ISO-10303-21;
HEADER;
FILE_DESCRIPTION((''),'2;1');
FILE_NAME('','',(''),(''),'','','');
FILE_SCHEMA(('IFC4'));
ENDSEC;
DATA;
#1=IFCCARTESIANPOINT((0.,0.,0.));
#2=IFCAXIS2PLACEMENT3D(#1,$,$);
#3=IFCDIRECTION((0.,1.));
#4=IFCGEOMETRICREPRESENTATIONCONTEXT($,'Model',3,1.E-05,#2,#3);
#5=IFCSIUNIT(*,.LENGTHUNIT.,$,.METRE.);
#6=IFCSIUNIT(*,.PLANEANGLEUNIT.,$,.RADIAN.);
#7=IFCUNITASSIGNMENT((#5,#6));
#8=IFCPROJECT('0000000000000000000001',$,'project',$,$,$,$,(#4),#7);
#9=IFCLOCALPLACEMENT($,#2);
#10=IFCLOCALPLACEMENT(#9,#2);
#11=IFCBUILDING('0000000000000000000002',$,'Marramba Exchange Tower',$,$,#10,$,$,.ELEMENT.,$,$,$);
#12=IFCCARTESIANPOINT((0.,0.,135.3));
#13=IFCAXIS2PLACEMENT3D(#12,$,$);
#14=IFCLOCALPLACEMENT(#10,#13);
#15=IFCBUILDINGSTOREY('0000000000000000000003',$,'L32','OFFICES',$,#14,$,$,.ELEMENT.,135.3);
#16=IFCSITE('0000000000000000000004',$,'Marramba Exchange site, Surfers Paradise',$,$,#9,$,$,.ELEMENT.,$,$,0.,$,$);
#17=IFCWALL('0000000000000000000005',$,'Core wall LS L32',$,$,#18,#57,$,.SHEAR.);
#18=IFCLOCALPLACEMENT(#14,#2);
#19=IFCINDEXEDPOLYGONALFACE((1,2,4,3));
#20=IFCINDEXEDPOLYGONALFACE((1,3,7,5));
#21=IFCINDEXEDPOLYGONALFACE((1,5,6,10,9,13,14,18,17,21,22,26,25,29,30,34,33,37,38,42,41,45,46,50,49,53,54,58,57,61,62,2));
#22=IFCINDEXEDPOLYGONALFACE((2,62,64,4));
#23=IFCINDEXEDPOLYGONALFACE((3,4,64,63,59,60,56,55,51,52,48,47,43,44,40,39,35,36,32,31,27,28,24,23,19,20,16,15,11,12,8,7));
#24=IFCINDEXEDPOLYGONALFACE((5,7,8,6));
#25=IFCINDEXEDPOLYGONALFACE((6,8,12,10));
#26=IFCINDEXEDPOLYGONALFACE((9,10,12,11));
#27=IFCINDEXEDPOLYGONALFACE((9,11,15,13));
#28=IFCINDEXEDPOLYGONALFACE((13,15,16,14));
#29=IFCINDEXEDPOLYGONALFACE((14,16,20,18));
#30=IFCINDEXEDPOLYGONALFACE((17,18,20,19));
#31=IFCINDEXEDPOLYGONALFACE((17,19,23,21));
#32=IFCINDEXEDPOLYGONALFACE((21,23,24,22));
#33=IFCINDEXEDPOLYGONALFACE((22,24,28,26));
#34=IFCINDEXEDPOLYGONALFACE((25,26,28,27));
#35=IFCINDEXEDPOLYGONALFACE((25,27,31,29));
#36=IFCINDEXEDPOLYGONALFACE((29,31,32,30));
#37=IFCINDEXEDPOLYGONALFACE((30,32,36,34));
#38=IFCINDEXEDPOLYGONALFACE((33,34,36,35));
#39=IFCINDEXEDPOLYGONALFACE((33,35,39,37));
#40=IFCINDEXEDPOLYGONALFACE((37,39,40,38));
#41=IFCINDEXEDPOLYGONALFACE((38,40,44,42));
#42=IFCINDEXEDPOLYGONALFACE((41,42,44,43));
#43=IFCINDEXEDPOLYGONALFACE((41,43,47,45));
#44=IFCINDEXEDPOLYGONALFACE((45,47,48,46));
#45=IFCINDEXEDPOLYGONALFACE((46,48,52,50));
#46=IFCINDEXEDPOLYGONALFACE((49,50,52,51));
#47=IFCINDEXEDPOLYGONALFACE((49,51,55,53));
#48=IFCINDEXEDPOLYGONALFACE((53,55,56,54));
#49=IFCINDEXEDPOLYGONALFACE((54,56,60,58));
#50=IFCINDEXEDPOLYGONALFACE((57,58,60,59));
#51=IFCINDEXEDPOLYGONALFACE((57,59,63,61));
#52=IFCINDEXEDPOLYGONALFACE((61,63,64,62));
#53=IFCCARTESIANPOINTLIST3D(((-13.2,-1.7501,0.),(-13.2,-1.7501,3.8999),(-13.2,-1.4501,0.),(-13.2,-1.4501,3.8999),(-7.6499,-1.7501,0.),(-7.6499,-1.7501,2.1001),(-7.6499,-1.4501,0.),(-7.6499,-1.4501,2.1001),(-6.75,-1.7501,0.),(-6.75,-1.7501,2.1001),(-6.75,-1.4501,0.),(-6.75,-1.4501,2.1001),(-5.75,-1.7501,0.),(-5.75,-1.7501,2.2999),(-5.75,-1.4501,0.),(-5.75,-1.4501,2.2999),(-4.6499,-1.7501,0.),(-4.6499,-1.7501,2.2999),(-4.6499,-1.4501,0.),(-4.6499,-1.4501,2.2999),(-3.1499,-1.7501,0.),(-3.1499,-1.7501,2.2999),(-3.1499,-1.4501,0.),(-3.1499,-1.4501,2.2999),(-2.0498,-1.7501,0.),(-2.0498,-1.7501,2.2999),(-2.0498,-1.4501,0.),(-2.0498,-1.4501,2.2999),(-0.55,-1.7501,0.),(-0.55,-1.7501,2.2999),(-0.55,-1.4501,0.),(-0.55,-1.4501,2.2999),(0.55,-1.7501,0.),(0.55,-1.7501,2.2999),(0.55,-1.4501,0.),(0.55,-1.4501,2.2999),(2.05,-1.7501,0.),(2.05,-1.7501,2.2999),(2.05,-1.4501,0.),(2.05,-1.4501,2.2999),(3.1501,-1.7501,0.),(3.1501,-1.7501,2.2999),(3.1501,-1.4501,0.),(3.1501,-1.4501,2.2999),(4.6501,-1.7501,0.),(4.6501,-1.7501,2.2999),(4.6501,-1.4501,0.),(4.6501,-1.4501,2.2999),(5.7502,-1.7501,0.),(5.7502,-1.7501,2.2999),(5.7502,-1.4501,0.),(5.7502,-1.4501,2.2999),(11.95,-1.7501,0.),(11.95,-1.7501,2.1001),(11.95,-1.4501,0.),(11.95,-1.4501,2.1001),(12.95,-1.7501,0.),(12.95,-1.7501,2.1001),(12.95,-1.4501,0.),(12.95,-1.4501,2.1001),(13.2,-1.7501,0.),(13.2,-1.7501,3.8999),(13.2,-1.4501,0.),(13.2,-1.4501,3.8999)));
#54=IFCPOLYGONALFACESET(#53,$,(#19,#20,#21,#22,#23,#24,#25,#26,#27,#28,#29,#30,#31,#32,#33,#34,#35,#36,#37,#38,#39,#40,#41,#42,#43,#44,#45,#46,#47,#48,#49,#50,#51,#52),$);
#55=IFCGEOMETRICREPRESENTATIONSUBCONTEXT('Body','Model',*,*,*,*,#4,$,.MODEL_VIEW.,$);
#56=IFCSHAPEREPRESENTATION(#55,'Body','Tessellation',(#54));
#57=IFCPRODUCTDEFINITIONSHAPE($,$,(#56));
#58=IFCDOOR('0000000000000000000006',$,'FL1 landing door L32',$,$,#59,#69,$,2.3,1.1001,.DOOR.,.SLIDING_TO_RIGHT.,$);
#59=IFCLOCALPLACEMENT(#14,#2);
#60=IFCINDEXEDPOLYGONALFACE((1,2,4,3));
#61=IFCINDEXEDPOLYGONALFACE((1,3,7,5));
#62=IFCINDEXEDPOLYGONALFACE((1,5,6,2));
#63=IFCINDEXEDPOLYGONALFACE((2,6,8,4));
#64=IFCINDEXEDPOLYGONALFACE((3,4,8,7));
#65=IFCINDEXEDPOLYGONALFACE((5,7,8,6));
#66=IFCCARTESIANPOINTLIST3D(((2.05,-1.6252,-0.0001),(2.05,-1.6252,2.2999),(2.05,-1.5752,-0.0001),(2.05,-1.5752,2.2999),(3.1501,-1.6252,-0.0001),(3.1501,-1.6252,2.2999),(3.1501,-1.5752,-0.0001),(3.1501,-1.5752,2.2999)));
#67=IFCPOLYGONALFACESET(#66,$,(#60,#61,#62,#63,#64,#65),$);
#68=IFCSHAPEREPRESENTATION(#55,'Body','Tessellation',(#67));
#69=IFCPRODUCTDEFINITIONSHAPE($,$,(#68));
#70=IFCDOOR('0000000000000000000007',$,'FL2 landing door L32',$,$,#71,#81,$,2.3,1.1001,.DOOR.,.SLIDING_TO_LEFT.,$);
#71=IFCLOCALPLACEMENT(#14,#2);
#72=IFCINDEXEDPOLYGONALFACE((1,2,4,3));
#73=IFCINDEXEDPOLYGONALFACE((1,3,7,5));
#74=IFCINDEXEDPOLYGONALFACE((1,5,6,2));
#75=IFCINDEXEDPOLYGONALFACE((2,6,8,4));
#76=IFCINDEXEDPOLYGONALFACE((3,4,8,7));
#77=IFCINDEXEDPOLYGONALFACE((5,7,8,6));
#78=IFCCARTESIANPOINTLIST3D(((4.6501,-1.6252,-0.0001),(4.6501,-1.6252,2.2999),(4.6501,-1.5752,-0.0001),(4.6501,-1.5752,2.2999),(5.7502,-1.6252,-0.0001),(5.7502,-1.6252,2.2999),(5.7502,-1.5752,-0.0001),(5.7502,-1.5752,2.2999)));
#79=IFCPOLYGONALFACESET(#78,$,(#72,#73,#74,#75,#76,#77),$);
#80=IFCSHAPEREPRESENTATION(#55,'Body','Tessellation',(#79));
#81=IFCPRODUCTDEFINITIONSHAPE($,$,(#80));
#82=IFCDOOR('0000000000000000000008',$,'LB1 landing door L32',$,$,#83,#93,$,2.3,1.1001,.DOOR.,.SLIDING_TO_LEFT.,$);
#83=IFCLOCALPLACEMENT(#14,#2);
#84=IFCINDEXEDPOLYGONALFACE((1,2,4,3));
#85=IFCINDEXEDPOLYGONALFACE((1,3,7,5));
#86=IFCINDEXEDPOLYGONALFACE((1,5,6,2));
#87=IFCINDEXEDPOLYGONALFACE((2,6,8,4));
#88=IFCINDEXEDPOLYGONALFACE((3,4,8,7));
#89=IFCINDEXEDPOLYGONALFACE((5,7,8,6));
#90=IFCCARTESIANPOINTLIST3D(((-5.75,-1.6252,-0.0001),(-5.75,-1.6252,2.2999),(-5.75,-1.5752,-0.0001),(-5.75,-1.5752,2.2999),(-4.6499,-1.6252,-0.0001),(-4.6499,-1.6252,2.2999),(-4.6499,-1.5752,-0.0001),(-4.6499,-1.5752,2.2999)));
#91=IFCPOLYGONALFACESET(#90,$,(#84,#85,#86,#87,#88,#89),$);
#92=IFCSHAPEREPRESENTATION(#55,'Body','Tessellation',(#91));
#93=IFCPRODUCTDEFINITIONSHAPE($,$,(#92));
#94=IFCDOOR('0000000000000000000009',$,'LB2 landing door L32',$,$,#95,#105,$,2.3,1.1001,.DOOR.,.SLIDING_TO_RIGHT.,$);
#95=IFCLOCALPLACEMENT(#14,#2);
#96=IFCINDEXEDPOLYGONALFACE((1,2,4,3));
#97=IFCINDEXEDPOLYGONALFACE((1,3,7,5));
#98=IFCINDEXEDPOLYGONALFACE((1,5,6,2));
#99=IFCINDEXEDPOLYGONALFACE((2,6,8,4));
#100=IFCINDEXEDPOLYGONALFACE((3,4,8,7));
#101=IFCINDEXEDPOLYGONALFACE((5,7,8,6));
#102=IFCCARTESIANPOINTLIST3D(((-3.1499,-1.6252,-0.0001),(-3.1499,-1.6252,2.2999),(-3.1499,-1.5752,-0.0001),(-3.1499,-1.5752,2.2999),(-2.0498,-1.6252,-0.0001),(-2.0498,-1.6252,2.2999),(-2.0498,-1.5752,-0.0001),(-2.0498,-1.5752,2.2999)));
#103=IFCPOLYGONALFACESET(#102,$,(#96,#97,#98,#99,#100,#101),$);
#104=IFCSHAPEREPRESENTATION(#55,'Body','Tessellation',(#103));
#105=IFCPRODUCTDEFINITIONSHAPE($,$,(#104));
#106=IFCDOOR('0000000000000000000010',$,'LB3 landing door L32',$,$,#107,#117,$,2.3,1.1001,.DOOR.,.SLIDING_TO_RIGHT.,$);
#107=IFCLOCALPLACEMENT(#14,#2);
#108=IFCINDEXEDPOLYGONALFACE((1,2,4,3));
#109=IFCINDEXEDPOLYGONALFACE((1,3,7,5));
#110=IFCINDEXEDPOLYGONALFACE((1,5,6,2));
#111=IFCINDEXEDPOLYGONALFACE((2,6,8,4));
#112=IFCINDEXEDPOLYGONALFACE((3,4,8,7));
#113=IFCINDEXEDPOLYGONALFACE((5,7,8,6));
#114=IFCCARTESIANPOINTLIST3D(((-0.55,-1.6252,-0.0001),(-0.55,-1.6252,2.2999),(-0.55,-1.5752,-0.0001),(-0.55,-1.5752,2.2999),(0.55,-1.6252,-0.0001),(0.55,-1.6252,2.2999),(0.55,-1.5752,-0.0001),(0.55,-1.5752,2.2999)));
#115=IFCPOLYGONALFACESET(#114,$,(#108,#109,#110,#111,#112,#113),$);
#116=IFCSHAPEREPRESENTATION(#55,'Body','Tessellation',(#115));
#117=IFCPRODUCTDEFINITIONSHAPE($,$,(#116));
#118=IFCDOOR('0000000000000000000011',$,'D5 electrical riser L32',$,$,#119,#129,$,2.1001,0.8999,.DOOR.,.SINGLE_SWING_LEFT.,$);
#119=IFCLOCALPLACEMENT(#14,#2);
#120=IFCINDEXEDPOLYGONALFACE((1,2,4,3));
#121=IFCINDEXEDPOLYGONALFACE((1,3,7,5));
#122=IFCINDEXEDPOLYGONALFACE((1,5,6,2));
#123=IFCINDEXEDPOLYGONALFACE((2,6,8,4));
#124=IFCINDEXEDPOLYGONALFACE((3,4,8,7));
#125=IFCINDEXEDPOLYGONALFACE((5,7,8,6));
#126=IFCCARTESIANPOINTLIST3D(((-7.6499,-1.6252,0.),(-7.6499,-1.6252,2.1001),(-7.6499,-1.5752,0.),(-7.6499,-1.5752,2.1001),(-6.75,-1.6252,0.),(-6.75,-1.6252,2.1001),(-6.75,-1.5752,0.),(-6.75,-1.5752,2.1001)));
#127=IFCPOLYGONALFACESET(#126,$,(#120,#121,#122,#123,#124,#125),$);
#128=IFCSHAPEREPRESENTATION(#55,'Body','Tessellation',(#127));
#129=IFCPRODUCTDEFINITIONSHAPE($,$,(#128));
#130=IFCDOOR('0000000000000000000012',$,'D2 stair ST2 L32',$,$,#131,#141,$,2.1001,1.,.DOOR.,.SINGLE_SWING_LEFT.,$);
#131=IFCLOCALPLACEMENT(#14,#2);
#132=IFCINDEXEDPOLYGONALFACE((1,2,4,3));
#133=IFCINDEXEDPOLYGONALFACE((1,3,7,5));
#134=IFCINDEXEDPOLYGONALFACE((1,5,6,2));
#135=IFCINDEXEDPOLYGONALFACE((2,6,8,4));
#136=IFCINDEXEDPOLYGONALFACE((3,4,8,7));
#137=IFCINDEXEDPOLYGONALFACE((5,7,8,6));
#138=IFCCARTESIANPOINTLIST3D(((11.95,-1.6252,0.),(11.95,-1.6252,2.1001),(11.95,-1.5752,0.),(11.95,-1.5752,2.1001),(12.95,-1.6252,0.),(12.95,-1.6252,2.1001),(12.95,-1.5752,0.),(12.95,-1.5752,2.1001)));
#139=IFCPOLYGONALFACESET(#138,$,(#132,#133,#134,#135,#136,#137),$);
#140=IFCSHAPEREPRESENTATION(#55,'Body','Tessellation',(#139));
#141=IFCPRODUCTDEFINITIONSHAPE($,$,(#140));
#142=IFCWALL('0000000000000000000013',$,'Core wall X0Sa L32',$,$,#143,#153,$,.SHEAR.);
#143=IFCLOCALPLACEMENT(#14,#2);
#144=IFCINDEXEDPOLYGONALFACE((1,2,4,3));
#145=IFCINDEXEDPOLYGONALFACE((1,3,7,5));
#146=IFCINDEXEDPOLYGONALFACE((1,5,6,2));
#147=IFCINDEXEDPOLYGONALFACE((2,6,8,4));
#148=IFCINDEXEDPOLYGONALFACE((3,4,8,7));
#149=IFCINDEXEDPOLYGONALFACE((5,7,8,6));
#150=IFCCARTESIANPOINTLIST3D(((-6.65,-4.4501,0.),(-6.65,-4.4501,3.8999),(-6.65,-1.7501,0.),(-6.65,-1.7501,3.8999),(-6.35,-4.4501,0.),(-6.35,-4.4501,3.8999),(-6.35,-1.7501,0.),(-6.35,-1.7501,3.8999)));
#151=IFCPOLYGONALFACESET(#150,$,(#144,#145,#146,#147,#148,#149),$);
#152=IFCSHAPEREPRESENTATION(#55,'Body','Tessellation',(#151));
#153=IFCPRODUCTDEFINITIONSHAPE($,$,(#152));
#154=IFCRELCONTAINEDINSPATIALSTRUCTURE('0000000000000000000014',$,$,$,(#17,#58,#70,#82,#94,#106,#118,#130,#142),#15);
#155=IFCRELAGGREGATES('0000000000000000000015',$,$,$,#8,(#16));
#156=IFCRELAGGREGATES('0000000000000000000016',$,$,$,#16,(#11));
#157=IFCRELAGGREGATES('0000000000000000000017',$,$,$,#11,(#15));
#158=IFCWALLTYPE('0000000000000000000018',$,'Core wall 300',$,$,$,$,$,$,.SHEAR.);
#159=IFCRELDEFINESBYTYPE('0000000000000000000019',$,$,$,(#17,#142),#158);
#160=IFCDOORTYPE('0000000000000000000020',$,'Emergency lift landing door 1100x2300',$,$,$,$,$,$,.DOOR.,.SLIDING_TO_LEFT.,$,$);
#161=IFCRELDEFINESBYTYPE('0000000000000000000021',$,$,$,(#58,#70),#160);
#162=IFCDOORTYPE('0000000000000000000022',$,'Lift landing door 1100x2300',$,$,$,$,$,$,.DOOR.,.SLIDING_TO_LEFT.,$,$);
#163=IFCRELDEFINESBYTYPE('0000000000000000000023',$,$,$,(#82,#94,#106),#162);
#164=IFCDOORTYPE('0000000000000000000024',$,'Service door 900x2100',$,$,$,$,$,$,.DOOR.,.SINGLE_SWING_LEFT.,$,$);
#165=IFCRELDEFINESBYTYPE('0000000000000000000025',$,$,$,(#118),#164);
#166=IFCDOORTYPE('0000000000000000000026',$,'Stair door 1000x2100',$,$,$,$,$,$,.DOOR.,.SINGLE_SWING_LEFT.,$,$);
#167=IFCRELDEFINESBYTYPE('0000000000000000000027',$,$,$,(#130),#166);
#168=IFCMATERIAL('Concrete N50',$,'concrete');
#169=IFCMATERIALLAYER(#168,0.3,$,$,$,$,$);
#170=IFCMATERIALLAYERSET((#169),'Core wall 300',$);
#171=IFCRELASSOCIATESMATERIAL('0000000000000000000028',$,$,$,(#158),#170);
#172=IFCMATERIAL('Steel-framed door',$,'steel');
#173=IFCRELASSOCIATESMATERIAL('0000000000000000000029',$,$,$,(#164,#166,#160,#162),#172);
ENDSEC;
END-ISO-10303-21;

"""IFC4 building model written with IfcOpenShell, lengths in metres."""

from ifc_helpers import new_model, si_unit, direction, frame, frame_2d, origin, place, context, subcontext, project, spatial, rectangle, extrude, material, layer, layer_set, type_object, element, fill, save


model = new_model("IFC4")

# Units and contexts
model_context = context("Model", 3, precision=1e-05, world=origin(), true_north=direction((0.0, 1.0)))
body_context = subcontext(model_context, "Body", "Model", "MODEL_VIEW")
ifc_project = project(units=[si_unit("LENGTHUNIT", "METRE"), si_unit("PLANEANGLEUNIT", "RADIAN")], contexts=[model_context])

# Site, building, storey
site_placement = place(None, origin())
site = spatial("IfcSite", under=ifc_project, at=site_placement, Name="Marramba Exchange site, Surfers Paradise", CompositionType="ELEMENT", RefElevation=0.0)
building_placement = place(site_placement, origin())
building = spatial("IfcBuilding", under=site, at=building_placement, Name="Marramba Exchange Tower", CompositionType="ELEMENT")
storey_placement = place(building_placement, frame((0.0, 0.0, 135.3)))
storey = spatial("IfcBuildingStorey", under=building, at=storey_placement, Name="L32", Description="OFFICES", CompositionType="ELEMENT", Elevation=135.3)

# Wall, openings, doors
ifc_material_1 = material(Name="Concrete N50", Category="concrete")
ifc_layer_1 = layer(ifc_material_1, 0.3)
ifc_layer_set_1 = layer_set([ifc_layer_1], Name="Core wall 300")
wall_type_1 = type_object("IfcWallType", Name="Core wall 300", PredefinedType="SHEAR", material=ifc_layer_set_1)
ifc_material_2 = material(Name="Steel-framed door", Category="steel")
door_type_1 = type_object("IfcDoorType", Name="Service door 900x2100", OperationType="SINGLE_SWING_LEFT", PredefinedType="DOOR", material=ifc_material_2)
door_type_2 = type_object("IfcDoorType", Name="Stair door 1000x2100", OperationType="SINGLE_SWING_LEFT", PredefinedType="DOOR", material=ifc_material_2)
wall_1_placement = place(storey_placement, frame((-13.2, -1.6001, 0.0), z_axis=(0.0, 0.0, 1.0), x_axis=(1.0, 0.0, 0.0)))
wall_1 = element("IfcWall", 1, at=wall_1_placement, inside=storey, type_object=wall_type_1, Name="Core wall LS L32", PredefinedType="SHEAR", context=body_context, shape_type="SweptSolid", body=[
    extrude(rectangle(XDim=26.3999, YDim=0.3, at=frame_2d((13.2, 0.0))), origin(), (0.0, 0.0, 1.0), 3.8999),
])
opening_1_placement = place(wall_1_placement, frame((25.1499, 0.0, 0.0)))
opening_1 = element("IfcOpeningElement", 2, at=opening_1_placement, cuts=wall_1, PredefinedType="OPENING", context=body_context, shape_type="SweptSolid", body=[
    extrude(rectangle(XDim=1.0, YDim=2.1001, at=frame_2d((0.5, 1.05))), frame((0.0, 0.1599, 0.0), z_axis=(0.0, -1.0, 0.0), x_axis=(1.0, 0.0, 0.0)), (0.0, 0.0, 1.0), 0.3201),
])
opening_2_placement = place(wall_1_placement, frame((7.45, 0.0, 0.0)))
opening_2 = element("IfcOpeningElement", 3, at=opening_2_placement, cuts=wall_1, PredefinedType="OPENING", context=body_context, shape_type="SweptSolid", body=[
    extrude(rectangle(XDim=1.1001, YDim=2.3, at=frame_2d((0.55, 1.1499))), frame((0.0, 0.1599, 0.0), z_axis=(0.0, -1.0, 0.0), x_axis=(1.0, 0.0, 0.0)), (0.0, 0.0, 1.0), 0.3201),
])
opening_3_placement = place(wall_1_placement, frame((10.05, 0.0, 0.0)))
opening_3 = element("IfcOpeningElement", 4, at=opening_3_placement, cuts=wall_1, PredefinedType="OPENING", context=body_context, shape_type="SweptSolid", body=[
    extrude(rectangle(XDim=1.1001, YDim=2.3, at=frame_2d((0.55, 1.1499))), frame((0.0, 0.1599, 0.0), z_axis=(0.0, -1.0, 0.0), x_axis=(1.0, 0.0, 0.0)), (0.0, 0.0, 1.0), 0.3201),
])
opening_4_placement = place(wall_1_placement, frame((12.6499, 0.0, 0.0)))
opening_4 = element("IfcOpeningElement", 5, at=opening_4_placement, cuts=wall_1, PredefinedType="OPENING", context=body_context, shape_type="SweptSolid", body=[
    extrude(rectangle(XDim=1.1001, YDim=2.3, at=frame_2d((0.55, 1.1499))), frame((0.0, 0.1599, 0.0), z_axis=(0.0, -1.0, 0.0), x_axis=(1.0, 0.0, 0.0)), (0.0, 0.0, 1.0), 0.3201),
])
opening_5_placement = place(wall_1_placement, frame((15.25, 0.0, 0.0)))
opening_5 = element("IfcOpeningElement", 6, at=opening_5_placement, cuts=wall_1, PredefinedType="OPENING", context=body_context, shape_type="SweptSolid", body=[
    extrude(rectangle(XDim=1.1001, YDim=2.3, at=frame_2d((0.55, 1.1499))), frame((0.0, 0.1599, 0.0), z_axis=(0.0, -1.0, 0.0), x_axis=(1.0, 0.0, 0.0)), (0.0, 0.0, 1.0), 0.3201),
])
opening_6_placement = place(wall_1_placement, frame((17.8501, 0.0, 0.0)))
opening_6 = element("IfcOpeningElement", 7, at=opening_6_placement, cuts=wall_1, PredefinedType="OPENING", context=body_context, shape_type="SweptSolid", body=[
    extrude(rectangle(XDim=1.1001, YDim=2.3, at=frame_2d((0.55, 1.1499))), frame((0.0, 0.1599, 0.0), z_axis=(0.0, -1.0, 0.0), x_axis=(1.0, 0.0, 0.0)), (0.0, 0.0, 1.0), 0.3201),
])
opening_7_placement = place(wall_1_placement, frame((5.55, 0.0, 0.0)))
opening_7 = element("IfcOpeningElement", 8, at=opening_7_placement, cuts=wall_1, PredefinedType="OPENING", context=body_context, shape_type="SweptSolid", body=[
    extrude(rectangle(XDim=0.8999, YDim=2.1001, at=frame_2d((0.45, 1.05))), frame((0.0, 0.1599, 0.0), z_axis=(0.0, -1.0, 0.0), x_axis=(1.0, 0.0, 0.0)), (0.0, 0.0, 1.0), 0.3201),
])
door_type_3 = type_object("IfcDoorType", Name="Emergency lift landing door 1100x2300", OperationType="SLIDING_TO_LEFT", PredefinedType="DOOR", material=ifc_material_2)
door_1_placement = place(opening_5_placement, frame((1.1001, 0.0, 0.0), z_axis=(0.0, 0.0, 1.0), x_axis=(-1.0, 0.0, 0.0)))
door_1 = element("IfcDoor", 9, at=door_1_placement, inside=storey, type_object=door_type_3, Name="FL1 landing door L32", OperationType="SLIDING_TO_RIGHT", OverallHeight=2.3, OverallWidth=1.1001, PredefinedType="DOOR", context=body_context, shape_type="SweptSolid", body=[
    extrude(rectangle(XDim=1.1001, YDim=2.3, at=frame_2d((0.55, 1.1499))), frame((0.0, 0.0251, 0.0), z_axis=(0.0, -1.0, 0.0), x_axis=(1.0, 0.0, 0.0)), (0.0, 0.0, 1.0), 0.05),
])
fill(opening_5, door_1)
door_2_placement = place(opening_6_placement, frame((1.1001, 0.0, 0.0), z_axis=(0.0, 0.0, 1.0), x_axis=(-1.0, 0.0, 0.0)))
door_2 = element("IfcDoor", 10, at=door_2_placement, inside=storey, type_object=door_type_3, Name="FL2 landing door L32", OperationType="SLIDING_TO_LEFT", OverallHeight=2.3, OverallWidth=1.1001, PredefinedType="DOOR", context=body_context, shape_type="SweptSolid", body=[
    extrude(rectangle(XDim=1.1001, YDim=2.3, at=frame_2d((0.55, 1.1499))), frame((0.0, 0.0251, 0.0), z_axis=(0.0, -1.0, 0.0), x_axis=(1.0, 0.0, 0.0)), (0.0, 0.0, 1.0), 0.05),
])
fill(opening_6, door_2)
door_type_4 = type_object("IfcDoorType", Name="Lift landing door 1100x2300", OperationType="SLIDING_TO_LEFT", PredefinedType="DOOR", material=ifc_material_2)
door_3_placement = place(opening_2_placement, frame((1.1001, 0.0, 0.0), z_axis=(0.0, 0.0, 1.0), x_axis=(-1.0, 0.0, 0.0)))
door_3 = element("IfcDoor", 11, at=door_3_placement, inside=storey, type_object=door_type_4, Name="LB1 landing door L32", OperationType="SLIDING_TO_LEFT", OverallHeight=2.3, OverallWidth=1.1001, PredefinedType="DOOR", context=body_context, shape_type="SweptSolid", body=[
    extrude(rectangle(XDim=1.1001, YDim=2.3, at=frame_2d((0.55, 1.1499))), frame((0.0, 0.0251, 0.0), z_axis=(0.0, -1.0, 0.0), x_axis=(1.0, 0.0, 0.0)), (0.0, 0.0, 1.0), 0.05),
])
fill(opening_2, door_3)
door_4_placement = place(opening_3_placement, frame((1.1001, 0.0, 0.0), z_axis=(0.0, 0.0, 1.0), x_axis=(-1.0, 0.0, 0.0)))
door_4 = element("IfcDoor", 12, at=door_4_placement, inside=storey, type_object=door_type_4, Name="LB2 landing door L32", OperationType="SLIDING_TO_RIGHT", OverallHeight=2.3, OverallWidth=1.1001, PredefinedType="DOOR", context=body_context, shape_type="SweptSolid", body=[
    extrude(rectangle(XDim=1.1001, YDim=2.3, at=frame_2d((0.55, 1.1499))), frame((0.0, 0.0251, 0.0), z_axis=(0.0, -1.0, 0.0), x_axis=(1.0, 0.0, 0.0)), (0.0, 0.0, 1.0), 0.05),
])
fill(opening_3, door_4)
door_5_placement = place(opening_4_placement, frame((1.1001, 0.0, 0.0), z_axis=(0.0, 0.0, 1.0), x_axis=(-1.0, 0.0, 0.0)))
door_5 = element("IfcDoor", 13, at=door_5_placement, inside=storey, type_object=door_type_4, Name="LB3 landing door L32", OperationType="SLIDING_TO_RIGHT", OverallHeight=2.3, OverallWidth=1.1001, PredefinedType="DOOR", context=body_context, shape_type="SweptSolid", body=[
    extrude(rectangle(XDim=1.1001, YDim=2.3, at=frame_2d((0.55, 1.1499))), frame((0.0, 0.0251, 0.0), z_axis=(0.0, -1.0, 0.0), x_axis=(1.0, 0.0, 0.0)), (0.0, 0.0, 1.0), 0.05),
])
fill(opening_4, door_5)
door_6_placement = place(opening_7_placement, frame((0.8999, 0.0, 0.0), z_axis=(0.0, 0.0, 1.0), x_axis=(-1.0, 0.0, 0.0)))
door_6 = element("IfcDoor", 14, at=door_6_placement, inside=storey, type_object=door_type_1, Name="D5 electrical riser L32", OperationType="SINGLE_SWING_LEFT", OverallHeight=2.1001, OverallWidth=0.8999, PredefinedType="DOOR", context=body_context, shape_type="SweptSolid", body=[
    extrude(rectangle(XDim=0.8999, YDim=2.1001, at=frame_2d((0.45, 1.05))), frame((0.0, 0.0251, 0.0), z_axis=(0.0, -1.0, 0.0), x_axis=(1.0, 0.0, 0.0)), (0.0, 0.0, 1.0), 0.05),
])
fill(opening_7, door_6)
door_7_placement = place(opening_1_placement, frame((1.0, 0.0, 0.0), z_axis=(0.0, 0.0, 1.0), x_axis=(-1.0, 0.0, 0.0)))
door_7 = element("IfcDoor", 15, at=door_7_placement, inside=storey, type_object=door_type_2, Name="D2 stair ST2 L32", OperationType="SINGLE_SWING_LEFT", OverallHeight=2.1001, OverallWidth=1.0, PredefinedType="DOOR", context=body_context, shape_type="SweptSolid", body=[
    extrude(rectangle(XDim=1.0, YDim=2.1001, at=frame_2d((0.5, 1.05))), frame((0.0, 0.0251, 0.0), z_axis=(0.0, -1.0, 0.0), x_axis=(1.0, 0.0, 0.0)), (0.0, 0.0, 1.0), 0.05),
])
fill(opening_1, door_7)

# Wall
wall_2_placement = place(storey_placement, frame((-6.5, -1.75, 0.0), z_axis=(0.0, 0.0, 1.0), x_axis=(0.0, -1.0, 0.0)))
element("IfcWall", 16, at=wall_2_placement, inside=storey, type_object=wall_type_1, Name="Core wall X0Sa L32", PredefinedType="SHEAR", context=body_context, shape_type="SweptSolid", body=[
    extrude(rectangle(XDim=2.7, YDim=0.3, at=frame_2d((1.3501, 0.0))), origin(), (0.0, 0.0, 1.0), 3.8999),
])

save(model, "model.ifc")
